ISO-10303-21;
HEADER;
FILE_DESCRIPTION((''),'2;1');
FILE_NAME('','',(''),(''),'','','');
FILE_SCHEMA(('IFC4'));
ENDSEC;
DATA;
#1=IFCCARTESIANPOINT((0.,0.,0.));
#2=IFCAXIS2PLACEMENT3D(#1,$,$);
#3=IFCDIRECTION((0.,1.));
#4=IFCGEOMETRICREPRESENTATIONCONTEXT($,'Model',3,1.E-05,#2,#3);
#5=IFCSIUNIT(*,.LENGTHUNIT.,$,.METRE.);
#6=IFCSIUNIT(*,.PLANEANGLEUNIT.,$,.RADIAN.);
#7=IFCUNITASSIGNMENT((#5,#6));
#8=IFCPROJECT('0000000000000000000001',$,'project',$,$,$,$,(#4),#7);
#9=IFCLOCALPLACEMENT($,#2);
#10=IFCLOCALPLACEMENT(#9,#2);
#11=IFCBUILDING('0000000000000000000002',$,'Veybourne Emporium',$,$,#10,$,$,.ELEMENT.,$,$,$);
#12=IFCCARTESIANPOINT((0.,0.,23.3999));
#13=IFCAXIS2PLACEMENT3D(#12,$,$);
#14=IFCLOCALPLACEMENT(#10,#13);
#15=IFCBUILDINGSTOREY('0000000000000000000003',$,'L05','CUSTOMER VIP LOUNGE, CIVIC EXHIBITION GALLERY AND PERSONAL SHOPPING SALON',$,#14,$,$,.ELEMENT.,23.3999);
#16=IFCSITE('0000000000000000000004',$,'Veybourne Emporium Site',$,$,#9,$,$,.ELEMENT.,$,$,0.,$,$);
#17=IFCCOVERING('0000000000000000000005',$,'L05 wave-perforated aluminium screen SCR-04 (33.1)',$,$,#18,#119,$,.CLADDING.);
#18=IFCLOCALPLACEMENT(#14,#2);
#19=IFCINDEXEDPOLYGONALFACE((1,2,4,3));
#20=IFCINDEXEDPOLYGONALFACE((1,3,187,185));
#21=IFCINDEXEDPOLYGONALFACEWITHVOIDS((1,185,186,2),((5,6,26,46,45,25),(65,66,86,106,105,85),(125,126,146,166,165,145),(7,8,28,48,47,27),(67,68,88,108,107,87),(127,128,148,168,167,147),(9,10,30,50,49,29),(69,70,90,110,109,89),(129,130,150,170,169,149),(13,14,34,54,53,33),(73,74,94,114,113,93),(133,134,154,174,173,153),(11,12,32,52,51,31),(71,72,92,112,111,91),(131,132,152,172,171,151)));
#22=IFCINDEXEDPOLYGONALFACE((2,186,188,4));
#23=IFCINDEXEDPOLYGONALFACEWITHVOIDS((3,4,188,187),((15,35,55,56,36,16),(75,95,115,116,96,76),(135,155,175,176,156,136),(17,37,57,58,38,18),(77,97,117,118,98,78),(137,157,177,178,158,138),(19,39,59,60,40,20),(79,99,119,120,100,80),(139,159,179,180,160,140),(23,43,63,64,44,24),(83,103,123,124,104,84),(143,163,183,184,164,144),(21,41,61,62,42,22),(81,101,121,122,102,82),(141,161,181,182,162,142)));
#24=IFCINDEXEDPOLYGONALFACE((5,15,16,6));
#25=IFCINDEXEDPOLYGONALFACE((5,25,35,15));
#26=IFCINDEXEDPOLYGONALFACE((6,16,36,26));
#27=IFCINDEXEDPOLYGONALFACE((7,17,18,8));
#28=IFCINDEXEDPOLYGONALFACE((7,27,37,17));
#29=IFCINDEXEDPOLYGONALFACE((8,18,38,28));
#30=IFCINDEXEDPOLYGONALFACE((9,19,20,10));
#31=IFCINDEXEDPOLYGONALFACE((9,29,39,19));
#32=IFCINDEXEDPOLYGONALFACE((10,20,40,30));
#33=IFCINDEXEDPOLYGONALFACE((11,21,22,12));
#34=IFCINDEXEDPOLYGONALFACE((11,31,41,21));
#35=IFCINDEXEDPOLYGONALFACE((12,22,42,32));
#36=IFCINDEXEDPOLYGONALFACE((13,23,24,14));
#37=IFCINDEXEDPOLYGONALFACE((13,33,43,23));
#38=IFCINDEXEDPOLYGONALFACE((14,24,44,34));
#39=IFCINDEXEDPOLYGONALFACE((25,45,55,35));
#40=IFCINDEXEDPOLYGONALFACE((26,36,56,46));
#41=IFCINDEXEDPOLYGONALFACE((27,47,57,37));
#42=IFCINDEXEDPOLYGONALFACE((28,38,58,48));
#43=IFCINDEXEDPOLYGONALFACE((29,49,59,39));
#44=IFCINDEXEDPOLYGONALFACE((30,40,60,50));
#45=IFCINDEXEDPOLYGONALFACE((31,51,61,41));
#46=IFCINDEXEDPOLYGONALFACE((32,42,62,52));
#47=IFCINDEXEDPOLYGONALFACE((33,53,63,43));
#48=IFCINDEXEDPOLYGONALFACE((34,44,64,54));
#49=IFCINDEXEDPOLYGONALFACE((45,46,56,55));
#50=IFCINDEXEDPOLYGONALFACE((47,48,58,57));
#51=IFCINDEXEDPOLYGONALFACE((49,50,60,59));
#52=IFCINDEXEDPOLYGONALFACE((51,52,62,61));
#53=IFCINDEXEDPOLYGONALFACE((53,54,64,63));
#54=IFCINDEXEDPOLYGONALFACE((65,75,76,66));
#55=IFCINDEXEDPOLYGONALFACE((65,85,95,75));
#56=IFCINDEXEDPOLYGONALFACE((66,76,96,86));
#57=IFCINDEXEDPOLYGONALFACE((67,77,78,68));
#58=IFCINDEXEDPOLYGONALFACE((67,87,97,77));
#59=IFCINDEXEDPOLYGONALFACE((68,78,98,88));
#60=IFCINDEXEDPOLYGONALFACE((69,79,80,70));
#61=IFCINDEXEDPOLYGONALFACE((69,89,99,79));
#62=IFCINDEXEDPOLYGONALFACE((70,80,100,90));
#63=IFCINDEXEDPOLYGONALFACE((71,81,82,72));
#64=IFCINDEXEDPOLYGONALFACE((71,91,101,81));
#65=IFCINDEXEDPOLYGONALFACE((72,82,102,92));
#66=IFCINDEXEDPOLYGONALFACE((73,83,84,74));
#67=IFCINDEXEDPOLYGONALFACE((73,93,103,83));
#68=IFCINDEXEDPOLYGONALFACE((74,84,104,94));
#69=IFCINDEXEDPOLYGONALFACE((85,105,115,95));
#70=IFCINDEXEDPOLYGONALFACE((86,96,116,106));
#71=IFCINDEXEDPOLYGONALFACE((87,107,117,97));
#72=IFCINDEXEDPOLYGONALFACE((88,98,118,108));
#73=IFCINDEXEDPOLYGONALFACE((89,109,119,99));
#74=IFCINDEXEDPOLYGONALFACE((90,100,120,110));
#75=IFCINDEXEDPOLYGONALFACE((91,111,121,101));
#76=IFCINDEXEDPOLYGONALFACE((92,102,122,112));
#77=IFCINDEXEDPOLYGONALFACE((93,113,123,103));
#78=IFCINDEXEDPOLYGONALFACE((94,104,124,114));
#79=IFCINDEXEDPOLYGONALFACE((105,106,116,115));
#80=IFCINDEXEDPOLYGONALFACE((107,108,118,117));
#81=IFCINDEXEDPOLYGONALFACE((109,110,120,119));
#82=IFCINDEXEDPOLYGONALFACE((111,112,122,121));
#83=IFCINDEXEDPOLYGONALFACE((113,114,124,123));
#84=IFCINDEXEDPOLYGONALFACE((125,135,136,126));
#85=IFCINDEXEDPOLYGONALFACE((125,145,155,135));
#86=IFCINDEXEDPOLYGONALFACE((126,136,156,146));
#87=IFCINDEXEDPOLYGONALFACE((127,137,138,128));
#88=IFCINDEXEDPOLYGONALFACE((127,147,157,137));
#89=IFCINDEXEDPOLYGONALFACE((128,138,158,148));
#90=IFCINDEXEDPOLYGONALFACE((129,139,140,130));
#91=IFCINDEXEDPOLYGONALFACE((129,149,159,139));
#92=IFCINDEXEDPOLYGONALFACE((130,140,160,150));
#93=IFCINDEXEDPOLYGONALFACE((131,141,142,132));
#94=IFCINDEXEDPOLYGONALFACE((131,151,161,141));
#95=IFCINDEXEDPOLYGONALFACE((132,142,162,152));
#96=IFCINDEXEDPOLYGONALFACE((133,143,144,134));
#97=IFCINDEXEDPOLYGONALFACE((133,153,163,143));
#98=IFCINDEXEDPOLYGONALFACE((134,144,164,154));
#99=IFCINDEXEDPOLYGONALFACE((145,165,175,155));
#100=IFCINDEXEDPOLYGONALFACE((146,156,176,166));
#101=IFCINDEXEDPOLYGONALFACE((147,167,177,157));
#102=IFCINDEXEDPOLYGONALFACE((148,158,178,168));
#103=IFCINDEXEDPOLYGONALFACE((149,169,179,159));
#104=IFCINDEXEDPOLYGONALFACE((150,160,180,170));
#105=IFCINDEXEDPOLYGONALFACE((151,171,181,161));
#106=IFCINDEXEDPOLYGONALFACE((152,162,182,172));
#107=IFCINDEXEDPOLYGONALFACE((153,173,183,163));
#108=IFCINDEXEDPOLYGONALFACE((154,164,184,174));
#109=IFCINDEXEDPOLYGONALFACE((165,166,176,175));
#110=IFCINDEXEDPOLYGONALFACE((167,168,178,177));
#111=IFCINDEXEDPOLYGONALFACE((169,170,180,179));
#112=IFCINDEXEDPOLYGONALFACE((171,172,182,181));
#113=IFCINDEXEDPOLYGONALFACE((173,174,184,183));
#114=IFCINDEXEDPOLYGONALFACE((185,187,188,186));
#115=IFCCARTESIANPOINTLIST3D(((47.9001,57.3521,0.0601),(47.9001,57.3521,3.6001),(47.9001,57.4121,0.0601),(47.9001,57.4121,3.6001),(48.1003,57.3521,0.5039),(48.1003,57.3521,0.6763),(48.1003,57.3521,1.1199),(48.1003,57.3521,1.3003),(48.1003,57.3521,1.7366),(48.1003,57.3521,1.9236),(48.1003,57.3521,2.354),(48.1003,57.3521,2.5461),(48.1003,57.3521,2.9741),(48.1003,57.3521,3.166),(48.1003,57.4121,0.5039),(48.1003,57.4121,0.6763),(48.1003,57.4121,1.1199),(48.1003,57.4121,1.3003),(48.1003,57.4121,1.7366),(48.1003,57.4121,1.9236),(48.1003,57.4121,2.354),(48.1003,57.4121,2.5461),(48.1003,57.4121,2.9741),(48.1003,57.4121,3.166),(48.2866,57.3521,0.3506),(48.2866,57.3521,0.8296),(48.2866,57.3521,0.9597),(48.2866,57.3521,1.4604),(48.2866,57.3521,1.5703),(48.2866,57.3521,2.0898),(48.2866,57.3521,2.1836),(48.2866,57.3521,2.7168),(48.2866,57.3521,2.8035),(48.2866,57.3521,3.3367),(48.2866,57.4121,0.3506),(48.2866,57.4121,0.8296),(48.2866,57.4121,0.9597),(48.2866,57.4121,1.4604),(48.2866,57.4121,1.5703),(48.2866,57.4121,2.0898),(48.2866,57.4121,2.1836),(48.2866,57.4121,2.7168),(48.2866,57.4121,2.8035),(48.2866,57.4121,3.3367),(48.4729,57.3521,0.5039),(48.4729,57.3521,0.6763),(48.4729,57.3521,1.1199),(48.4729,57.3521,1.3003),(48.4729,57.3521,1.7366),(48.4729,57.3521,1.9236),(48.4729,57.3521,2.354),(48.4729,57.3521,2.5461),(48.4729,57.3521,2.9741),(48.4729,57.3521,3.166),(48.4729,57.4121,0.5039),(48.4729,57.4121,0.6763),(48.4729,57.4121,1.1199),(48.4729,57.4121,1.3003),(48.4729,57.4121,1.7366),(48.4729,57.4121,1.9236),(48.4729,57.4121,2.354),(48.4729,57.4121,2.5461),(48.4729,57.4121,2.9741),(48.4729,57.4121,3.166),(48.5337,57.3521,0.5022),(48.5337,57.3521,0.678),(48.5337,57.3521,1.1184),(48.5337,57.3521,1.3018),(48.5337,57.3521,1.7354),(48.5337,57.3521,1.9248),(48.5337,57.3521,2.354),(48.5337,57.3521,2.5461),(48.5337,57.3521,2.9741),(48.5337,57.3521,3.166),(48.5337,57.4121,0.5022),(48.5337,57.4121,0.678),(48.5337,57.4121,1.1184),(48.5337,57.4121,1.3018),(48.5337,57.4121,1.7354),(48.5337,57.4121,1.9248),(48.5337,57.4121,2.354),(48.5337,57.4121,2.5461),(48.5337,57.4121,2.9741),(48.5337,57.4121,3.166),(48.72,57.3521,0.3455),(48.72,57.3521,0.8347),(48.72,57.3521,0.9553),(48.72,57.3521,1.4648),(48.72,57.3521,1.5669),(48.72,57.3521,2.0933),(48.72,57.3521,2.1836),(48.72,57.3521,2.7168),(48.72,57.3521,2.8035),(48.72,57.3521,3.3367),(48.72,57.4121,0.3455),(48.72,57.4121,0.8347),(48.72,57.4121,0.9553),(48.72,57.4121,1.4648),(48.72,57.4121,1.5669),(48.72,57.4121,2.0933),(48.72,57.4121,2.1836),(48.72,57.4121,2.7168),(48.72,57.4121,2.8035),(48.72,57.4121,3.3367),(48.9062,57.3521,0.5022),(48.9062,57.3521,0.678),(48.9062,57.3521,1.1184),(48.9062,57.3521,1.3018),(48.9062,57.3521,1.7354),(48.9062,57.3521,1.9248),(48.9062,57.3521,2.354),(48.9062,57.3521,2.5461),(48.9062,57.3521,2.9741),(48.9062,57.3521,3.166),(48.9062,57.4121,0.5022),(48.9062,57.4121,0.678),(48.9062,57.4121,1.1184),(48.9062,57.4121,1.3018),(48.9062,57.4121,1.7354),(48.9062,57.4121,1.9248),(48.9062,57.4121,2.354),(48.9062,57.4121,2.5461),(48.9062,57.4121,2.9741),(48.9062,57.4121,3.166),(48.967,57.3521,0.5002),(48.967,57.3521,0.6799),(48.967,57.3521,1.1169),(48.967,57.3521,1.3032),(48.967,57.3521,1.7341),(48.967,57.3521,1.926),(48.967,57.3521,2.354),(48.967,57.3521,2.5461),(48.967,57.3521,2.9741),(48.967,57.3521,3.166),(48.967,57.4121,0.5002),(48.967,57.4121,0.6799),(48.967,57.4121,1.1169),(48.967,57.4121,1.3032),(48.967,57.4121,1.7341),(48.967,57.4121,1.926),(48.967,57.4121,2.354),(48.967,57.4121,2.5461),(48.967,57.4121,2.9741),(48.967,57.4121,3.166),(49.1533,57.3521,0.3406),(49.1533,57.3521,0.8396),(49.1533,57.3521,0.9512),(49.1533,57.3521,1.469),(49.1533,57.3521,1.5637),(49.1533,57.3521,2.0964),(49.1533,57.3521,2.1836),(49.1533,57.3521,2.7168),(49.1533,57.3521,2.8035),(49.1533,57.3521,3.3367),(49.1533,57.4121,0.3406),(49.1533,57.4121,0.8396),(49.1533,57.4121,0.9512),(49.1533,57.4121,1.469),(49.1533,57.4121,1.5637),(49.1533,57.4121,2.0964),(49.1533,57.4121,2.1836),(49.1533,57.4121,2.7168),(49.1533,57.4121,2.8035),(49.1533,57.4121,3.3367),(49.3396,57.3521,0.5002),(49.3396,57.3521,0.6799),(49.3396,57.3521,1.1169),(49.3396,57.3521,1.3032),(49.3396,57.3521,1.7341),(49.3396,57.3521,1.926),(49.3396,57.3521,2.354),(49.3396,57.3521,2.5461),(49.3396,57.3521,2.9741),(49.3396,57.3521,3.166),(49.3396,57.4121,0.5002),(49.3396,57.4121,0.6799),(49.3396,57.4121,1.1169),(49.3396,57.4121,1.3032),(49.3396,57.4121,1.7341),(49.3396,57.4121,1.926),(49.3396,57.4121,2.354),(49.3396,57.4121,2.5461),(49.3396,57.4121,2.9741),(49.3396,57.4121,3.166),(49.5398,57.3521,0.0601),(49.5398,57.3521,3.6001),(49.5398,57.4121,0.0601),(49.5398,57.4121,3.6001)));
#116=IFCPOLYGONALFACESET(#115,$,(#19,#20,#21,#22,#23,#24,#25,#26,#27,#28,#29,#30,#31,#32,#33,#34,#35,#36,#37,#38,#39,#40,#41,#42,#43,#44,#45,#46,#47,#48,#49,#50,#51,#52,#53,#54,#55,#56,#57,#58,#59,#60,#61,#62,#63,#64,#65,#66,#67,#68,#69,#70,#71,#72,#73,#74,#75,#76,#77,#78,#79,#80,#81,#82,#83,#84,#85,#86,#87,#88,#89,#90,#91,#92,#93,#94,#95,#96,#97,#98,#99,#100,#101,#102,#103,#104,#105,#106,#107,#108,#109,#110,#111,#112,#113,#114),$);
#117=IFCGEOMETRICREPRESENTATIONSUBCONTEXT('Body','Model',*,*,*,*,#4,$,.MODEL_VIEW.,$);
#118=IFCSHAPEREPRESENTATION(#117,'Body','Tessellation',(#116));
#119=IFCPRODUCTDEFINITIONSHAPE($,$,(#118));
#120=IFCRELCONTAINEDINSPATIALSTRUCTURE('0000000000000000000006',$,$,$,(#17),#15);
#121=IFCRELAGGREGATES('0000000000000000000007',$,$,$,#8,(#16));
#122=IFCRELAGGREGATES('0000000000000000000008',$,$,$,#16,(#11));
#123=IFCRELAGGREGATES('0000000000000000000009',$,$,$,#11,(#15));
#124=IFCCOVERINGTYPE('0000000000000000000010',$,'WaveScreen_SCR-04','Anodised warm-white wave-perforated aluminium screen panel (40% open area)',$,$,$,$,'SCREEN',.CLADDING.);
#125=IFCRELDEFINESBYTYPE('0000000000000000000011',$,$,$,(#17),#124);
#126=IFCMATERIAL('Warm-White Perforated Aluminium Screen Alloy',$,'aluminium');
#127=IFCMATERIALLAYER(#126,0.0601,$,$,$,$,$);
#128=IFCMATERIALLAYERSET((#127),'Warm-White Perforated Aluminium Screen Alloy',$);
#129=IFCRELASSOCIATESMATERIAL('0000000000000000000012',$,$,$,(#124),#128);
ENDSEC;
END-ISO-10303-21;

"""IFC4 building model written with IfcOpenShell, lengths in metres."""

from ifc_helpers import new_model, si_unit, direction, frame, origin, place, context, subcontext, project, spatial, polyline, outline, extrude, material, layer, layer_set, type_object, element, save


model = new_model("IFC4")

# Units and contexts
model_context = context("Model", 3, precision=1e-05, world=origin(), true_north=direction((0.0, 1.0)))
body_context = subcontext(model_context, "Body", "Model", "MODEL_VIEW")
ifc_project = project(units=[si_unit("LENGTHUNIT", "METRE"), si_unit("PLANEANGLEUNIT", "RADIAN")], contexts=[model_context])

# Site, building, storey
site_placement = place(None, origin())
site = spatial("IfcSite", under=ifc_project, at=site_placement, Name="Veybourne Emporium Site", CompositionType="ELEMENT", RefElevation=0.0)
building_placement = place(site_placement, origin())
building = spatial("IfcBuilding", under=site, at=building_placement, Name="Veybourne Emporium", CompositionType="ELEMENT")
storey_placement = place(building_placement, frame((0.0, 0.0, 23.3999)))
storey = spatial("IfcBuildingStorey", under=building, at=storey_placement, Name="L05", Description="CUSTOMER VIP LOUNGE, CIVIC EXHIBITION GALLERY AND PERSONAL SHOPPING SALON", CompositionType="ELEMENT", Elevation=23.3999)

# Covering
ifc_material_1 = material(Name="Warm-White Perforated Aluminium Screen Alloy", Category="aluminium")
ifc_layer_1 = layer(ifc_material_1, 0.0601)
ifc_layer_set_1 = layer_set([ifc_layer_1], Name="Warm-White Perforated Aluminium Screen Alloy")
covering_type_1 = type_object("IfcCoveringType", Name="WaveScreen_SCR-04", Description="Anodised warm-white wave-perforated aluminium screen panel (40% open area)", ElementType="SCREEN", PredefinedType="CLADDING", material=ifc_layer_set_1)
covering_1_placement = place(storey_placement, frame((48.72, 57.3521, 1.8301), z_axis=(0.0, 1.0, 0.0), x_axis=(-1.0, 0.0, 0.0)))
element("IfcCovering", 1, at=covering_1_placement, inside=storey, type_object=covering_type_1, Name="L05 wave-perforated aluminium screen SCR-04 (33.1)", PredefinedType="CLADDING", context=body_context, shape_type="SweptSolid", body=[
    extrude(outline(polyline([(-0.8198, -1.77), (0.8198, -1.77), (0.8198, 1.77), (-0.8198, 1.77), (-0.8198, -1.77)]), holes=[polyline([(-0.4333, -0.9905), (-0.2471, -1.1501), (-0.2471, -1.3298), (-0.4333, -1.4895), (-0.6196, -1.3298), (-0.6196, -1.1501), (-0.4333, -0.9905)]), polyline([(-0.4333, -0.3611), (-0.2471, -0.5269), (-0.2471, -0.7131), (-0.4333, -0.8789), (-0.6196, -0.7131), (-0.6196, -0.5269), (-0.4333, -0.3611)]), polyline([(-0.4333, 0.2664), (-0.2471, 0.0959), (-0.2471, -0.0959), (-0.4333, -0.2664), (-0.6196, -0.0959), (-0.6196, 0.0959), (-0.4333, 0.2664)]), polyline([(-0.4333, 0.8867), (-0.2471, 0.7161), (-0.2471, 0.5239), (-0.4333, 0.3535), (-0.6196, 0.5239), (-0.6196, 0.7161), (-0.4333, 0.8867)]), polyline([(-0.4333, 1.5066), (-0.2471, 1.3359), (-0.2471, 1.144), (-0.4333, 0.9734), (-0.6196, 1.144), (-0.6196, 1.3359), (-0.4333, 1.5066)]), polyline([(0.0, -0.9954), (0.1863, -1.1521), (0.1863, -1.3279), (0.0, -1.4846), (-0.1863, -1.3279), (-0.1863, -1.1521), (0.0, -0.9954)]), polyline([(0.0, -0.3652), (0.1863, -0.5283), (0.1863, -0.7117), (0.0, -0.8748), (-0.1863, -0.7117), (-0.1863, -0.5283), (0.0, -0.3652)]), polyline([(0.0, 0.2632), (0.1863, 0.0947), (0.1863, -0.0947), (0.0, -0.2632), (-0.1863, -0.0947), (-0.1863, 0.0947), (0.0, 0.2632)]), polyline([(0.0, 0.8867), (0.1863, 0.7161), (0.1863, 0.5239), (0.0, 0.3535), (-0.1863, 0.5239), (-0.1863, 0.7161), (0.0, 0.8867)]), polyline([(0.0, 1.5066), (0.1863, 1.3359), (0.1863, 1.144), (0.0, 0.9734), (-0.1863, 1.144), (-0.1863, 1.3359), (0.0, 1.5066)]), polyline([(0.4333, -1.0005), (0.6196, -1.1538), (0.6196, -1.3262), (0.4333, -1.4795), (0.2471, -1.3262), (0.2471, -1.1538), (0.4333, -1.0005)]), polyline([(0.4333, -0.3696), (0.6196, -0.5298), (0.6196, -0.7102), (0.4333, -0.8704), (0.2471, -0.7102), (0.2471, -0.5298), (0.4333, -0.3696)]), polyline([(0.4333, 0.2598), (0.6196, 0.0935), (0.6196, -0.0935), (0.4333, -0.2598), (0.2471, -0.0935), (0.2471, 0.0935), (0.4333, 0.2598)]), polyline([(0.4333, 0.8867), (0.6196, 0.7161), (0.6196, 0.5239), (0.4333, 0.3535), (0.2471, 0.5239), (0.2471, 0.7161), (0.4333, 0.8867)]), polyline([(0.4333, 1.5066), (0.6196, 1.3359), (0.6196, 1.144), (0.4333, 0.9734), (0.2471, 1.144), (0.2471, 1.3359), (0.4333, 1.5066)])]), origin(), (0.0, 0.0, 1.0), 0.0601),
])

save(model, "model.ifc")
